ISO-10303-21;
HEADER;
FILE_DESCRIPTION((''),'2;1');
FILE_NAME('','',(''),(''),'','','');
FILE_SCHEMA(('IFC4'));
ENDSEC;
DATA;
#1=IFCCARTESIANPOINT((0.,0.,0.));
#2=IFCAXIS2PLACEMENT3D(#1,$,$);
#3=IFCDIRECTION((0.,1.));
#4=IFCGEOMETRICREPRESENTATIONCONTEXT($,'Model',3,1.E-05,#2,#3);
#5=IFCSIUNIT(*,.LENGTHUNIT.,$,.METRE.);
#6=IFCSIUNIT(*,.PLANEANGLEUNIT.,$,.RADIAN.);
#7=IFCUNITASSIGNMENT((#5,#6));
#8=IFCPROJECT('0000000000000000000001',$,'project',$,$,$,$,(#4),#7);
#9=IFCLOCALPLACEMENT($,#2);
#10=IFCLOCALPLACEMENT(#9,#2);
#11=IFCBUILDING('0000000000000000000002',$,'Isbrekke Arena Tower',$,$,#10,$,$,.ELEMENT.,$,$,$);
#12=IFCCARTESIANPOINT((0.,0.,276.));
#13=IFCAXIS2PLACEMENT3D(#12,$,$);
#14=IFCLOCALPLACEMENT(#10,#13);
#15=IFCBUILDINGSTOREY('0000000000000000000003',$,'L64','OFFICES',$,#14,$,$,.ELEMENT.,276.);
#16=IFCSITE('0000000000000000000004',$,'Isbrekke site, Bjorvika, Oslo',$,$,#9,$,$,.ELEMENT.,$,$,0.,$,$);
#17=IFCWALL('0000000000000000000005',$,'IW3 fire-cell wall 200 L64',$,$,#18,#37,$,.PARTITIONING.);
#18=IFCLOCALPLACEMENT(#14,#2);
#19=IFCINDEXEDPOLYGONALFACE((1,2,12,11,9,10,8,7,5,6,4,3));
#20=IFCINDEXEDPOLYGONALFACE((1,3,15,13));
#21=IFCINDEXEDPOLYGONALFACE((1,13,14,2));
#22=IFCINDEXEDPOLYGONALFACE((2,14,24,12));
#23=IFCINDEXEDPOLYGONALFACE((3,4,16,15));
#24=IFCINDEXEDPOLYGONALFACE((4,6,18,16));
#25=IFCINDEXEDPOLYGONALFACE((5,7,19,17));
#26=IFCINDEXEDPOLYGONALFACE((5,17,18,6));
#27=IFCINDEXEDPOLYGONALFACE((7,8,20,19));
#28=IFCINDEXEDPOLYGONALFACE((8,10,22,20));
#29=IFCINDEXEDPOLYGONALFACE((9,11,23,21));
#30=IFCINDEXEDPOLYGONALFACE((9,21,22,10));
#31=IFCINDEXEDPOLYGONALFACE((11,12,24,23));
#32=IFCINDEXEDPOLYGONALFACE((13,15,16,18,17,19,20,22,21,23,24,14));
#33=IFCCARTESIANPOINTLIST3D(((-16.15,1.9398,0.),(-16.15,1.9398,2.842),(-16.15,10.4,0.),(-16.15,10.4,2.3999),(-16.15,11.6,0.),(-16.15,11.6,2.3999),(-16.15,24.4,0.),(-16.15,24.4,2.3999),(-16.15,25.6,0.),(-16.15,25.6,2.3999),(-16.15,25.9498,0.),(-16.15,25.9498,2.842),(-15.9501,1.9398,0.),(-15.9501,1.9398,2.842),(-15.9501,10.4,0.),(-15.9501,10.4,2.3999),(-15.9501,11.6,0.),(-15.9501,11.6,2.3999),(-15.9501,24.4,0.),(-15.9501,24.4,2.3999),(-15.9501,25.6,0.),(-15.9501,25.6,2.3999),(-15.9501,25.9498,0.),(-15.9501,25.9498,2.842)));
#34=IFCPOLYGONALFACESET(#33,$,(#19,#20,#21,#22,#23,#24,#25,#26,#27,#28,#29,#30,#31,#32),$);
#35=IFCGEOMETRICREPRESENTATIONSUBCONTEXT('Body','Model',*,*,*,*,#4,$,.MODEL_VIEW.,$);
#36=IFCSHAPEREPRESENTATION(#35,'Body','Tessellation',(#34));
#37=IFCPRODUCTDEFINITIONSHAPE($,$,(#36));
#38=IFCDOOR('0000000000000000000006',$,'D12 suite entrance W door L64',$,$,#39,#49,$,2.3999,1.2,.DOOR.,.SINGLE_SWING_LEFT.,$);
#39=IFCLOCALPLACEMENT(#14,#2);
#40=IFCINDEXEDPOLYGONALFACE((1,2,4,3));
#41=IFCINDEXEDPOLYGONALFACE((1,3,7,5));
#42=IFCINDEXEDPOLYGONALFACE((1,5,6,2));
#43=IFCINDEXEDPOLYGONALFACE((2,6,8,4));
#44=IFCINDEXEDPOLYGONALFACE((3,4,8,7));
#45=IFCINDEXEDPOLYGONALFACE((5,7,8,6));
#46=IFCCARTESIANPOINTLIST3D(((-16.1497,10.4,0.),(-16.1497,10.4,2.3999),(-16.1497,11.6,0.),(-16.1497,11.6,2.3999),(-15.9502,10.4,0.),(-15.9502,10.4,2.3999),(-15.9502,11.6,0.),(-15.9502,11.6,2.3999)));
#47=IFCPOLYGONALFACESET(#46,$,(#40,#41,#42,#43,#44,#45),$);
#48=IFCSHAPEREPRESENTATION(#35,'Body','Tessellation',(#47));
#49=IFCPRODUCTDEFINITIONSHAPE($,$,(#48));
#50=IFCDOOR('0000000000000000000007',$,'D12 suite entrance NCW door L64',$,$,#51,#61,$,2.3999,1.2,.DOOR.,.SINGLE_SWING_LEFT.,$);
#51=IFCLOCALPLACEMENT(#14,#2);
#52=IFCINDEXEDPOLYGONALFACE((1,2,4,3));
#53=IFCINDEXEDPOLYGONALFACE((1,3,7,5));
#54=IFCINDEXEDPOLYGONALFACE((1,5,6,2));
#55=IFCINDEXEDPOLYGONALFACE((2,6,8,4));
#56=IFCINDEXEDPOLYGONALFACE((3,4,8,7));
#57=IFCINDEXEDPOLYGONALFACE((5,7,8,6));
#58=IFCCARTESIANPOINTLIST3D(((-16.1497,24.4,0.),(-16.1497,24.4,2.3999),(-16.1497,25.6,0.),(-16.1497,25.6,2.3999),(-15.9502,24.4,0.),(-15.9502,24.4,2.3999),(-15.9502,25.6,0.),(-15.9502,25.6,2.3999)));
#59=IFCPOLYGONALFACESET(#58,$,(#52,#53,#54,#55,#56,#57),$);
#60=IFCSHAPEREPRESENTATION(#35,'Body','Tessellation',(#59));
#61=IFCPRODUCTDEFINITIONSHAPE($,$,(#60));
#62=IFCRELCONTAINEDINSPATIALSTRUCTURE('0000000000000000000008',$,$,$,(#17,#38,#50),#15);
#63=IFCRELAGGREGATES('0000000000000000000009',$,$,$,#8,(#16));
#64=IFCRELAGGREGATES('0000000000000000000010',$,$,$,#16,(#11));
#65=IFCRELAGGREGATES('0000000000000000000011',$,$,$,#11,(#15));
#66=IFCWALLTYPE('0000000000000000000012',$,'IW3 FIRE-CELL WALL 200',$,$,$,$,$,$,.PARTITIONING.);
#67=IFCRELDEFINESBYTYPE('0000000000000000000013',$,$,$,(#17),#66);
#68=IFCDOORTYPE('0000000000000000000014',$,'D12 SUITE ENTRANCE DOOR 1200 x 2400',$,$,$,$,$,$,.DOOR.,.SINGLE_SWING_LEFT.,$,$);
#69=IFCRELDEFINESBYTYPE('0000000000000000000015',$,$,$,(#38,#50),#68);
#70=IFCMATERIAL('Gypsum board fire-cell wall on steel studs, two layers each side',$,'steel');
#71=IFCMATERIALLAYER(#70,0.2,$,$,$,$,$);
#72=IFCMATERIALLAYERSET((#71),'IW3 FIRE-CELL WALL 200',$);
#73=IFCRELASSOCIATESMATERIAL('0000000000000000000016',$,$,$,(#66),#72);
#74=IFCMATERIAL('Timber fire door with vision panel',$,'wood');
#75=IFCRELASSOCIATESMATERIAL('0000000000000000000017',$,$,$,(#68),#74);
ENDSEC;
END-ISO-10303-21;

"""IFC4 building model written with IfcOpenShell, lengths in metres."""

from ifc_helpers import new_model, si_unit, direction, frame, frame_2d, origin, place, context, subcontext, project, spatial, rectangle, extrude, material, layer, layer_set, type_object, element, fill, save


model = new_model("IFC4")

# Units and contexts
model_context = context("Model", 3, precision=1e-05, world=origin(), true_north=direction((0.0, 1.0)))
body_context = subcontext(model_context, "Body", "Model", "MODEL_VIEW")
ifc_project = project(units=[si_unit("LENGTHUNIT", "METRE"), si_unit("PLANEANGLEUNIT", "RADIAN")], contexts=[model_context])

# Site, building, storey
site_placement = place(None, origin())
site = spatial("IfcSite", under=ifc_project, at=site_placement, Name="Isbrekke site, Bjorvika, Oslo", CompositionType="ELEMENT", RefElevation=0.0)
building_placement = place(site_placement, origin())
building = spatial("IfcBuilding", under=site, at=building_placement, Name="Isbrekke Arena Tower", CompositionType="ELEMENT")
storey_placement = place(building_placement, frame((0.0, 0.0, 276.0)))
storey = spatial("IfcBuildingStorey", under=building, at=storey_placement, Name="L64", Description="OFFICES", CompositionType="ELEMENT", Elevation=276.0)

# Wall, openings, doors
ifc_material_1 = material(Name="Gypsum board fire-cell wall on steel studs, two layers each side", Category="steel")
ifc_layer_1 = layer(ifc_material_1, 0.2)
ifc_layer_set_1 = layer_set([ifc_layer_1], Name="IW3 FIRE-CELL WALL 200")
wall_type_1 = type_object("IfcWallType", Name="IW3 FIRE-CELL WALL 200", PredefinedType="PARTITIONING", material=ifc_layer_set_1)
wall_1_placement = place(storey_placement, frame((-16.05, 1.9399, 0.0), z_axis=(0.0, 0.0, 1.0), x_axis=(0.0, 1.0, 0.0)))
wall_1 = element("IfcWall", 1, at=wall_1_placement, inside=storey, type_object=wall_type_1, Name="IW3 fire-cell wall 200 L64", PredefinedType="PARTITIONING", context=body_context, shape_type="SweptSolid", body=[
    extrude(rectangle(XDim=24.01, YDim=0.2, at=frame_2d((12.0049, 0.0))), origin(), (0.0, 0.0, 1.0), 2.842),
])
opening_1_placement = place(wall_1_placement, frame((8.46, 0.0, 0.0)))
opening_1 = element("IfcOpeningElement", 2, at=opening_1_placement, cuts=wall_1, PredefinedType="OPENING", context=body_context, shape_type="SweptSolid", body=[
    extrude(rectangle(XDim=1.2, YDim=2.3999, at=frame_2d((0.6001, 1.2))), frame((0.0, 0.1147, 0.0), z_axis=(0.0, -1.0, 0.0), x_axis=(1.0, 0.0, 0.0)), (0.0, 0.0, 1.0), 0.2297),
])
opening_2_placement = place(wall_1_placement, frame((22.46, 0.0, 0.0)))
opening_2 = element("IfcOpeningElement", 3, at=opening_2_placement, cuts=wall_1, PredefinedType="OPENING", context=body_context, shape_type="SweptSolid", body=[
    extrude(rectangle(XDim=1.2, YDim=2.3999, at=frame_2d((0.6001, 1.2))), frame((0.0, 0.1147, 0.0), z_axis=(0.0, -1.0, 0.0), x_axis=(1.0, 0.0, 0.0)), (0.0, 0.0, 1.0), 0.2297),
])
ifc_material_2 = material(Name="Timber fire door with vision panel", Category="wood")
door_type_1 = type_object("IfcDoorType", Name="D12 SUITE ENTRANCE DOOR 1200 x 2400", OperationType="SINGLE_SWING_LEFT", PredefinedType="DOOR", material=ifc_material_2)
door_1_placement = place(opening_1_placement, origin())
door_1 = element("IfcDoor", 4, at=door_1_placement, inside=storey, type_object=door_type_1, Name="D12 suite entrance W door L64", OperationType="SINGLE_SWING_LEFT", OverallHeight=2.3999, OverallWidth=1.2, PredefinedType="DOOR", context=body_context, shape_type="SweptSolid", body=[
    extrude(rectangle(XDim=1.2, YDim=2.3999, at=frame_2d((0.6001, 1.2))), frame((0.0, 0.0996, 0.0), z_axis=(0.0, -1.0, 0.0), x_axis=(1.0, 0.0, 0.0)), (0.0, 0.0, 1.0), 0.1995),
])
fill(opening_1, door_1)
door_2_placement = place(opening_2_placement, origin())
door_2 = element("IfcDoor", 5, at=door_2_placement, inside=storey, type_object=door_type_1, Name="D12 suite entrance NCW door L64", OperationType="SINGLE_SWING_LEFT", OverallHeight=2.3999, OverallWidth=1.2, PredefinedType="DOOR", context=body_context, shape_type="SweptSolid", body=[
    extrude(rectangle(XDim=1.2, YDim=2.3999, at=frame_2d((0.6001, 1.2))), frame((0.0, 0.0996, 0.0), z_axis=(0.0, -1.0, 0.0), x_axis=(1.0, 0.0, 0.0)), (0.0, 0.0, 1.0), 0.1995),
])
fill(opening_2, door_2)

save(model, "model.ifc")
